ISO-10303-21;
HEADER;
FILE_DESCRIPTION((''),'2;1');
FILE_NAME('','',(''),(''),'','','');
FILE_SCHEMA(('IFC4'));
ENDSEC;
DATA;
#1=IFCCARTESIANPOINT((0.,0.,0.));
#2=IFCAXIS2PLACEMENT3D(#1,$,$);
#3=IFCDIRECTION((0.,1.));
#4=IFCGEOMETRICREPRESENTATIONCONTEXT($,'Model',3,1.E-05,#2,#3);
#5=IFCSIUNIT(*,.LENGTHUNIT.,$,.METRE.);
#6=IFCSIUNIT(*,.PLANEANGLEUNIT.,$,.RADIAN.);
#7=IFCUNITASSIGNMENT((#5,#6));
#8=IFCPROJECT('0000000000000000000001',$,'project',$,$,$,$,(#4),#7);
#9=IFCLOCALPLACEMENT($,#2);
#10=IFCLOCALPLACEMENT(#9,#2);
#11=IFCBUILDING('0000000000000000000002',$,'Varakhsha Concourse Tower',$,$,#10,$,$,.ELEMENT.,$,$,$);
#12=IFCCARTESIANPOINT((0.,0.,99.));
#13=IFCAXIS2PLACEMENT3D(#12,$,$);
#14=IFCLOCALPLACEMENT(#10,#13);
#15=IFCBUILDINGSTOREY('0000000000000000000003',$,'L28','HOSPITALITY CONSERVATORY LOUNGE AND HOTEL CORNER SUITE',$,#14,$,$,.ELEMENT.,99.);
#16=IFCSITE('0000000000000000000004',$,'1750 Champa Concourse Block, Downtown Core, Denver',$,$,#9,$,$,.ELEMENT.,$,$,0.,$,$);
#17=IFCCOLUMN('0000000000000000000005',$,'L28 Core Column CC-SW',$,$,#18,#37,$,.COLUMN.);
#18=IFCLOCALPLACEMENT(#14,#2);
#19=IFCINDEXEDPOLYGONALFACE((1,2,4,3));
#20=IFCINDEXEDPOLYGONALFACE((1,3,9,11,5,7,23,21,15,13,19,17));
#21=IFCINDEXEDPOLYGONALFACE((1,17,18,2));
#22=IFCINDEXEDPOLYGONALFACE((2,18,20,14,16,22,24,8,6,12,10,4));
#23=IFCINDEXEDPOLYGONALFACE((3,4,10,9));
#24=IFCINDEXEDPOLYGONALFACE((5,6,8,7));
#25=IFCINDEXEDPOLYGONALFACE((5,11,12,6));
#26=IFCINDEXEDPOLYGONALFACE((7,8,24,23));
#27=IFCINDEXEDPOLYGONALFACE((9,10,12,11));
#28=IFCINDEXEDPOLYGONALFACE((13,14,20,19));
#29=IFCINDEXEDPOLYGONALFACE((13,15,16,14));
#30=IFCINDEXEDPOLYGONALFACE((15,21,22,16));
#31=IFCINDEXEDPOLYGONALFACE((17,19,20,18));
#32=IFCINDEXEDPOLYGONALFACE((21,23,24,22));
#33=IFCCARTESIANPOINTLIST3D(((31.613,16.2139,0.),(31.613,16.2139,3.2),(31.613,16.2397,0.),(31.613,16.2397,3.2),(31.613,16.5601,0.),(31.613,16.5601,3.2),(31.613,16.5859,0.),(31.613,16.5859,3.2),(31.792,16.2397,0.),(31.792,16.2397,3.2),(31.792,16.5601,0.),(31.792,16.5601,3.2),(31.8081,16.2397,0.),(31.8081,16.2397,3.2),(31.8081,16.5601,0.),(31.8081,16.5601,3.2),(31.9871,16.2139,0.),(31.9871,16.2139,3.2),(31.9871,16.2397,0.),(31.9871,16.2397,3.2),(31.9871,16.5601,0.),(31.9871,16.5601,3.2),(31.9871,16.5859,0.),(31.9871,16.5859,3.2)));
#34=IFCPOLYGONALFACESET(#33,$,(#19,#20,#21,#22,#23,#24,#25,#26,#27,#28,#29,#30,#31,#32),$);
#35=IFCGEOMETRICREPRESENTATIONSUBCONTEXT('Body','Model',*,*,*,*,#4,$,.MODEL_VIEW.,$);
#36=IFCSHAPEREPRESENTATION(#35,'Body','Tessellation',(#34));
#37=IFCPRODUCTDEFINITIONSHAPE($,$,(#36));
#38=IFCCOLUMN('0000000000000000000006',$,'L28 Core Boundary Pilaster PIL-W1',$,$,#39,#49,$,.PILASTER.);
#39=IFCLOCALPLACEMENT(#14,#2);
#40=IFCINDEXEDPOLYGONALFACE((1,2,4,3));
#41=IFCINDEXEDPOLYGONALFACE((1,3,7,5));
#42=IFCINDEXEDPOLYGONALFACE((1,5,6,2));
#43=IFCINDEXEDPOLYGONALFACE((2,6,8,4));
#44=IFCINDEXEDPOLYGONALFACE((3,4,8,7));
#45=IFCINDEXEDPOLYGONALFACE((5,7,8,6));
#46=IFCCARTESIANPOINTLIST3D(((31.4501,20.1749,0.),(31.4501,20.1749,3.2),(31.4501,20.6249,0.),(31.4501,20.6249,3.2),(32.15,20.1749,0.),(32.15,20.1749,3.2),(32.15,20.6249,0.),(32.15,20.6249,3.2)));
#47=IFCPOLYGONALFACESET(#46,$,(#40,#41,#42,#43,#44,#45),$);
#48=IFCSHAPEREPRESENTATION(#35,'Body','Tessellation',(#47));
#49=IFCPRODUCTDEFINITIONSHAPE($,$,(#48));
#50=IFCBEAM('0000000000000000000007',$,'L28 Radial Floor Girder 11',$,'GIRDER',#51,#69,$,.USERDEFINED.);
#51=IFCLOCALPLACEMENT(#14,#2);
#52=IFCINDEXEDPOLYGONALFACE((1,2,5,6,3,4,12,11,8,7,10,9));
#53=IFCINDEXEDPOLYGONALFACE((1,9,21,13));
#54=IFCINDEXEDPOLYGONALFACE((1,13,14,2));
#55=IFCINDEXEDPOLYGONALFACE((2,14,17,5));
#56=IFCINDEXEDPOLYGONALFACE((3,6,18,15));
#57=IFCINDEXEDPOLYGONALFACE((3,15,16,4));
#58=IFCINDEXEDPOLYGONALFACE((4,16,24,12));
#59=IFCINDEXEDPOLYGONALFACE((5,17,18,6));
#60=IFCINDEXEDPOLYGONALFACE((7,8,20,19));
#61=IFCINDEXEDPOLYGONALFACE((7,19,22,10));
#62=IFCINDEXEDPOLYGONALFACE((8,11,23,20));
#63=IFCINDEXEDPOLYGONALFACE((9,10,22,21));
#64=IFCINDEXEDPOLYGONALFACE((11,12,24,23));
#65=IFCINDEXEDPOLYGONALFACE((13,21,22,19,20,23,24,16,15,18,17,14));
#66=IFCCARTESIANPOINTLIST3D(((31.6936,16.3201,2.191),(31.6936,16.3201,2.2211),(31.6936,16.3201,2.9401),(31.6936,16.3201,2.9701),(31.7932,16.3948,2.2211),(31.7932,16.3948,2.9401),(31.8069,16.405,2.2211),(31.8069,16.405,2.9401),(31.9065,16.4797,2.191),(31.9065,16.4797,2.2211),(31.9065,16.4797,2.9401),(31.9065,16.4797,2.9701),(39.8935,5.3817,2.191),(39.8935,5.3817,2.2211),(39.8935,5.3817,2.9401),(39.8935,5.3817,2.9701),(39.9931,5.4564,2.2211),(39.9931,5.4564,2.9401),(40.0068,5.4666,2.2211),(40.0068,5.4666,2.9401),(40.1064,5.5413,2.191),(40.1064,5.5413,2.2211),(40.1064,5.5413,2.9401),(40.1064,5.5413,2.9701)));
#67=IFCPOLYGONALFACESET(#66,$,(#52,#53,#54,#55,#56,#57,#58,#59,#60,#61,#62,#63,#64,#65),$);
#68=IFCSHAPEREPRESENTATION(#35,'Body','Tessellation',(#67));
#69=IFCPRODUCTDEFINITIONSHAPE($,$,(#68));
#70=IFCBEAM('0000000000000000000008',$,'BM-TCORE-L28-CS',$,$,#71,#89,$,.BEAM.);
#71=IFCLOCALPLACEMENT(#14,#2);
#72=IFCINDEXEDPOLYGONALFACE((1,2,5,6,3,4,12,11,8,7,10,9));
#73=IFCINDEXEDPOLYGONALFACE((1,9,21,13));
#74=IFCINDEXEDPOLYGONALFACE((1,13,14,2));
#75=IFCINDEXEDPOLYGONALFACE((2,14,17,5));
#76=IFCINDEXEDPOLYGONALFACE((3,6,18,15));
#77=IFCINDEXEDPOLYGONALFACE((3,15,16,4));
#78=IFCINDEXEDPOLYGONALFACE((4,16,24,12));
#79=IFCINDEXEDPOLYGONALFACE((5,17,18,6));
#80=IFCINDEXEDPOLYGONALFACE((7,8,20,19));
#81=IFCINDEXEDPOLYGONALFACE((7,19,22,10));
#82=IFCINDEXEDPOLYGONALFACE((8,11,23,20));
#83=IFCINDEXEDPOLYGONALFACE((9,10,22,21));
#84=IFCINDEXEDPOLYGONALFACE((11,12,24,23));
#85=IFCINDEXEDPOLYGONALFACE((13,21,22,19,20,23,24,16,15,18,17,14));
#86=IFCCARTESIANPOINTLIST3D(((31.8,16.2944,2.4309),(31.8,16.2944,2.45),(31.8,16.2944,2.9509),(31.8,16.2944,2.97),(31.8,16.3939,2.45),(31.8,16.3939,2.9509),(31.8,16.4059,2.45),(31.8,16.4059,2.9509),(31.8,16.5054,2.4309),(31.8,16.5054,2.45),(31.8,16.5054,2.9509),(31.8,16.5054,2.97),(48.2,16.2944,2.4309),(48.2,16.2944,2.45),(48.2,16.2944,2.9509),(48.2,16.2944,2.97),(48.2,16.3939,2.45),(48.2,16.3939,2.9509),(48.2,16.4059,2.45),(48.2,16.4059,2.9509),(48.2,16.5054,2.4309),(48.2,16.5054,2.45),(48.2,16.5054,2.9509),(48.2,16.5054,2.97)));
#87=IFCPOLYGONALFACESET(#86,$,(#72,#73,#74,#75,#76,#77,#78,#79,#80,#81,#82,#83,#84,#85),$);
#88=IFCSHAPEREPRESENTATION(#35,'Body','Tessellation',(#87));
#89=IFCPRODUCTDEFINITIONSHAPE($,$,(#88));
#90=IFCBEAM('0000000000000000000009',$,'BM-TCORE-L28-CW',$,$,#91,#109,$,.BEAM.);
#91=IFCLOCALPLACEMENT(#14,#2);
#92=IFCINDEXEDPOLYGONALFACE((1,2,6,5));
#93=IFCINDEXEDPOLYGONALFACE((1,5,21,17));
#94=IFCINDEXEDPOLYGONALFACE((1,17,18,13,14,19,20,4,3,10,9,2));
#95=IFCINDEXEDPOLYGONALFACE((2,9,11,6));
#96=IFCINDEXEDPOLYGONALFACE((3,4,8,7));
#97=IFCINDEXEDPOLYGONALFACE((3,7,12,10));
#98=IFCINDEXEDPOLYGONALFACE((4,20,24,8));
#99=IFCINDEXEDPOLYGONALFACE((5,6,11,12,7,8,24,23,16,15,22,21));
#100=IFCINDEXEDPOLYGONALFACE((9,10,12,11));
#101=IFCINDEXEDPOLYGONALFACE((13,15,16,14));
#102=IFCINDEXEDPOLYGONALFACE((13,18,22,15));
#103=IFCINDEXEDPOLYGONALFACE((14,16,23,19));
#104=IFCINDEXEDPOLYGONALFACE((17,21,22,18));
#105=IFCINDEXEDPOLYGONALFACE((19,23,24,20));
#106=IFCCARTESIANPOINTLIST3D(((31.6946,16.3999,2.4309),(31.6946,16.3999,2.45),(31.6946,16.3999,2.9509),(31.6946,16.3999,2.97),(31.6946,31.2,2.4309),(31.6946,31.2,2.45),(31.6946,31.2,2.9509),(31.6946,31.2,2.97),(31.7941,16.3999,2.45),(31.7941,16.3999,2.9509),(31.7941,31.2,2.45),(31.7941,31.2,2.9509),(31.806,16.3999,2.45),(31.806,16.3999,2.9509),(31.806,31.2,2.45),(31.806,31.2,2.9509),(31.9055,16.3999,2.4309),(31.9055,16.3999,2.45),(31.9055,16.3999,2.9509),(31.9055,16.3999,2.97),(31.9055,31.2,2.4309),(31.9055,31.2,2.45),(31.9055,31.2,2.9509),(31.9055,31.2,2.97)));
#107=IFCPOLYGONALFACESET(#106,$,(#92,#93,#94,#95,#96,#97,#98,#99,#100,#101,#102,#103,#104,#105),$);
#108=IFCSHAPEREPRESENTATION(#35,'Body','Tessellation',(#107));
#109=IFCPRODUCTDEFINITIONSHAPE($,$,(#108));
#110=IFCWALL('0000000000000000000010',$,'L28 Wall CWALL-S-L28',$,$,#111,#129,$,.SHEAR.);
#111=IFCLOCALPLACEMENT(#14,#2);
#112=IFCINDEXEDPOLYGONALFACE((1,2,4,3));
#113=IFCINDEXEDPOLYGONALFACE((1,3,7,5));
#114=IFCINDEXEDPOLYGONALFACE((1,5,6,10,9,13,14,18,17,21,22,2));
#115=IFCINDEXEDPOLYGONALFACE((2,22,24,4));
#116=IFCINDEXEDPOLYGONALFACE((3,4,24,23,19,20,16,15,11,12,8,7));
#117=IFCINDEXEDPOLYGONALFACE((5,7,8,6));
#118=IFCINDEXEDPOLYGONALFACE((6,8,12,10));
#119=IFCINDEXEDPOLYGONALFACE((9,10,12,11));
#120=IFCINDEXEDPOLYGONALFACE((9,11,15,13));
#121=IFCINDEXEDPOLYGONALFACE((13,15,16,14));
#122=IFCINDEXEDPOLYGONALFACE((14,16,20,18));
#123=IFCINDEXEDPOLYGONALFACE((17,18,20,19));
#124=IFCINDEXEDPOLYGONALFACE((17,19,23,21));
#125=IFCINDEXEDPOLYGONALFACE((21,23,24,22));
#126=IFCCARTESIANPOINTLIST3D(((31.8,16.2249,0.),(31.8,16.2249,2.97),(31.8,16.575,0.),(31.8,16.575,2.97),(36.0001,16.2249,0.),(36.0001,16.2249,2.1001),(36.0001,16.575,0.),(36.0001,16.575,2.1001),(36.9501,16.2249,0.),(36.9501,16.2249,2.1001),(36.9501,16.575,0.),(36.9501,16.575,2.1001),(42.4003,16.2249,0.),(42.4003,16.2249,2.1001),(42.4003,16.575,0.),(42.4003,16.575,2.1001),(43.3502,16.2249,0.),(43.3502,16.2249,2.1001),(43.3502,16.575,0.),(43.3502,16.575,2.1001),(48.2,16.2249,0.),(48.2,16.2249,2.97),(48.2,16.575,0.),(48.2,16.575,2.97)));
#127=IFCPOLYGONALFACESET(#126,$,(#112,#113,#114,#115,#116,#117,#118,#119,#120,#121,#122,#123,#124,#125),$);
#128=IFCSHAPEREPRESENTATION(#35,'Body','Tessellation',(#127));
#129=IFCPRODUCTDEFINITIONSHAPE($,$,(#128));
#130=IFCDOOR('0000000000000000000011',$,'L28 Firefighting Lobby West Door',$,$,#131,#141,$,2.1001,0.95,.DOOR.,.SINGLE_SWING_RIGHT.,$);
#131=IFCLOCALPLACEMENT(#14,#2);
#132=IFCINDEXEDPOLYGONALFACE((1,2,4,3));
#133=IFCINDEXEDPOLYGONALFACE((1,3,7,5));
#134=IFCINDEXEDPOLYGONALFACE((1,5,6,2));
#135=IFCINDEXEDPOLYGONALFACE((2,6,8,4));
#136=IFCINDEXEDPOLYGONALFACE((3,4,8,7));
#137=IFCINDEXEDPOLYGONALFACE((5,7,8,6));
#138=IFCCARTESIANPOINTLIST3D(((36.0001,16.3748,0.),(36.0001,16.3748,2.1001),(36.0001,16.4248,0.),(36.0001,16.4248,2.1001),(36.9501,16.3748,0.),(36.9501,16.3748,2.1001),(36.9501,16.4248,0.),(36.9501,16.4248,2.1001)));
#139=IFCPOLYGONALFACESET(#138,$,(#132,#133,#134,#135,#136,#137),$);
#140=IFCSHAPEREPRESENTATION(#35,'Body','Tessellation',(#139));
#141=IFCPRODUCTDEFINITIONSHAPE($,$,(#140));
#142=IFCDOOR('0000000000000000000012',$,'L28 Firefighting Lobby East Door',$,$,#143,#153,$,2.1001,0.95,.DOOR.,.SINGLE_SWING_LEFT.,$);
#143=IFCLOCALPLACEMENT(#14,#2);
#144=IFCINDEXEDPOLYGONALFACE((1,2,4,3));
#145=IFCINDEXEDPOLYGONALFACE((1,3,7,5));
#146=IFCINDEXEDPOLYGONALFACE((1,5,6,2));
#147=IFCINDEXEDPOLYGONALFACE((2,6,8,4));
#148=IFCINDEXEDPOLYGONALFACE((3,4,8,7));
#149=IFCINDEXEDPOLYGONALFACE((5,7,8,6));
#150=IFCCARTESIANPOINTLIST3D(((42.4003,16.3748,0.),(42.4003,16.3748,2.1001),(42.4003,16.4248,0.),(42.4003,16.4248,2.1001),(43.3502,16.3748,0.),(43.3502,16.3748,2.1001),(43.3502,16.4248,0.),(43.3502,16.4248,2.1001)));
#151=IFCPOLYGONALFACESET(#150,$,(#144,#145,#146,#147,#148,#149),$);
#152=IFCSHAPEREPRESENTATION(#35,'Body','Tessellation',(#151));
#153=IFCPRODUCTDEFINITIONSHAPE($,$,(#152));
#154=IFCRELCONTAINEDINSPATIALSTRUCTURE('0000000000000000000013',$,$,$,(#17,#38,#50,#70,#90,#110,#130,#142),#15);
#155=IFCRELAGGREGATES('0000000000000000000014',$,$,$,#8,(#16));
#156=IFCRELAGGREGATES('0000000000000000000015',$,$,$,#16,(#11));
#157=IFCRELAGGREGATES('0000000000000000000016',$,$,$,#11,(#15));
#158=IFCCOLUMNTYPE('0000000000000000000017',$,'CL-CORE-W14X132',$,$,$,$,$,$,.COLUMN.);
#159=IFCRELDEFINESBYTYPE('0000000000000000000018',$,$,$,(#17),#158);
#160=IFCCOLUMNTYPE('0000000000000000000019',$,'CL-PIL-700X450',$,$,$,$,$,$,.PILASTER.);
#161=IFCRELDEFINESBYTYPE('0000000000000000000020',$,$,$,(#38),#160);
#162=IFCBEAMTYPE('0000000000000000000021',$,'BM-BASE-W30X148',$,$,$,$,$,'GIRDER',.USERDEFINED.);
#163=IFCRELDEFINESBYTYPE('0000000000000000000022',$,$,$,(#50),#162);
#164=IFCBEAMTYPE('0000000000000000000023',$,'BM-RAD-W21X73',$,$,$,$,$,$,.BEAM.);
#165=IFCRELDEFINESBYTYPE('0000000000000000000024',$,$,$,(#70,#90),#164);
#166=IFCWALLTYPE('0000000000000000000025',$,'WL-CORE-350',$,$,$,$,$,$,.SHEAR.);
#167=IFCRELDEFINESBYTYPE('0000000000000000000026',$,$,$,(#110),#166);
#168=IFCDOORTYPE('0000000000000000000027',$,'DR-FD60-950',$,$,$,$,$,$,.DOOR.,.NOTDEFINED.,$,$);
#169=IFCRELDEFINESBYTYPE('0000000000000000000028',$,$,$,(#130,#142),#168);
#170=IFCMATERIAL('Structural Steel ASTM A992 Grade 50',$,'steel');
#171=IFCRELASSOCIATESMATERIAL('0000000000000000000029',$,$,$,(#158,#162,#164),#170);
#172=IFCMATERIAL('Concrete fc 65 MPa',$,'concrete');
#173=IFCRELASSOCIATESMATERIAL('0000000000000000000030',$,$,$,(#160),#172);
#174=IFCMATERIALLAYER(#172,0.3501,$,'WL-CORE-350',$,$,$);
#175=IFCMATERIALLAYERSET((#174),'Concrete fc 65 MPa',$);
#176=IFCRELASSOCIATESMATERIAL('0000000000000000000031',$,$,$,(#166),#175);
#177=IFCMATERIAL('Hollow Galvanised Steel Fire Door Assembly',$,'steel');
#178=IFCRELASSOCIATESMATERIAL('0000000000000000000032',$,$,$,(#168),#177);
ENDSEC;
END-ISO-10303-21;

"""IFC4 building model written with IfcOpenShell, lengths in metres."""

from ifc_helpers import new_model, si_unit, direction, frame, frame_2d, origin, origin_2d, place, context, subcontext, project, spatial, rectangle, i_section, extrude, material, layer, layer_set, material_profile, profile_set, type_object, element, fill, save


model = new_model("IFC4")

# Units and contexts
model_context = context("Model", 3, precision=1e-05, world=origin(), true_north=direction((0.0, 1.0)))
body_context = subcontext(model_context, "Body", "Model", "MODEL_VIEW")
ifc_project = project(units=[si_unit("LENGTHUNIT", "METRE"), si_unit("PLANEANGLEUNIT", "RADIAN")], contexts=[model_context])

# Site, building, storey
site_placement = place(None, origin())
site = spatial("IfcSite", under=ifc_project, at=site_placement, Name="1750 Champa Concourse Block, Downtown Core, Denver", CompositionType="ELEMENT", RefElevation=0.0)
building_placement = place(site_placement, origin())
building = spatial("IfcBuilding", under=site, at=building_placement, Name="Varakhsha Concourse Tower", CompositionType="ELEMENT")
storey_placement = place(building_placement, frame((0.0, 0.0, 99.0)))
storey = spatial("IfcBuildingStorey", under=building, at=storey_placement, Name="L28", Description="HOSPITALITY CONSERVATORY LOUNGE AND HOTEL CORNER SUITE", CompositionType="ELEMENT", Elevation=99.0)

# Columns
ifc_material_1 = material(Name="Structural Steel ASTM A992 Grade 50", Category="steel")
ifc_material_profile_1 = material_profile(ifc_material_1, i_section(OverallWidth=0.374, OverallDepth=0.3721, WebThickness=0.0161, FlangeThickness=0.0259, at=origin_2d()), Name="W14X132")
ifc_profile_set_1 = profile_set([ifc_material_profile_1], Name="Structural Steel ASTM A992 Grade 50")
column_type_1 = type_object("IfcColumnType", Name="CL-CORE-W14X132", PredefinedType="COLUMN", material=ifc_profile_set_1)
column_1_placement = place(storey_placement, frame((31.8, 16.3999, 0.0), z_axis=(0.0, 0.0, 1.0), x_axis=(1.0, 0.0, 0.0)))
element("IfcColumn", 1, at=column_1_placement, inside=storey, type_object=column_type_1, Name="L28 Core Column CC-SW", PredefinedType="COLUMN", context=body_context, shape_type="SweptSolid", body=[
    extrude(i_section(OverallWidth=0.374, OverallDepth=0.3721, WebThickness=0.0161, FlangeThickness=0.0259, at=origin_2d()), origin(), (0.0, 0.0, 1.0), 3.2),
])
ifc_material_2 = material(Name="Concrete fc 65 MPa", Category="concrete")
ifc_material_profile_2 = material_profile(ifc_material_2, rectangle(XDim=0.7, YDim=0.45, at=origin_2d()), Name="RC 700x450")
ifc_profile_set_2 = profile_set([ifc_material_profile_2], Name="Concrete fc 65 MPa")
column_type_2 = type_object("IfcColumnType", Name="CL-PIL-700X450", PredefinedType="PILASTER", material=ifc_profile_set_2)
column_2_placement = place(storey_placement, frame((31.8, 20.3999, 0.0), z_axis=(0.0, 0.0, 1.0), x_axis=(1.0, 0.0, 0.0)))
element("IfcColumn", 2, at=column_2_placement, inside=storey, type_object=column_type_2, Name="L28 Core Boundary Pilaster PIL-W1", PredefinedType="PILASTER", context=body_context, shape_type="SweptSolid", body=[
    extrude(rectangle(XDim=0.7, YDim=0.45, at=origin_2d()), origin(), (0.0, 0.0, 1.0), 3.2),
])

# Beams
ifc_material_profile_3 = material_profile(ifc_material_1, i_section(OverallWidth=0.2661, OverallDepth=0.7791, WebThickness=0.0171, FlangeThickness=0.03, at=origin_2d()), Name="W30X148")
ifc_profile_set_3 = profile_set([ifc_material_profile_3], Name="Structural Steel ASTM A992 Grade 50")
beam_type_1 = type_object("IfcBeamType", Name="BM-BASE-W30X148", ElementType="GIRDER", PredefinedType="USERDEFINED", material=ifc_profile_set_3)
beam_1_placement = place(storey_placement, frame((31.8, 16.3999, 2.5806), z_axis=(0.599817, -0.800137, 0.0), x_axis=(0.800137, 0.599817, 0.0)))
element("IfcBeam", 3, at=beam_1_placement, inside=storey, type_object=beam_type_1, Name="L28 Radial Floor Girder 11", ObjectType="GIRDER", PredefinedType="USERDEFINED", context=body_context, shape_type="SweptSolid", body=[
    extrude(i_section(OverallWidth=0.2661, OverallDepth=0.7791, WebThickness=0.0171, FlangeThickness=0.03, at=origin_2d()), origin(), (0.0, 0.0, 1.0), 13.6707),
])
ifc_material_profile_4 = material_profile(ifc_material_1, i_section(OverallWidth=0.2109, OverallDepth=0.5391, WebThickness=0.012, FlangeThickness=0.019, at=origin_2d()), Name="W21X73")
ifc_profile_set_4 = profile_set([ifc_material_profile_4], Name="Structural Steel ASTM A992 Grade 50")
beam_type_2 = type_object("IfcBeamType", Name="BM-RAD-W21X73", PredefinedType="BEAM", material=ifc_profile_set_4)
beam_2_placement = place(storey_placement, frame((31.8, 16.3999, 2.7004), z_axis=(1.0, 0.0, 0.0), x_axis=(0.0, 1.0, 0.0)))
element("IfcBeam", 4, at=beam_2_placement, inside=storey, type_object=beam_type_2, Name="BM-TCORE-L28-CS", PredefinedType="BEAM", context=body_context, shape_type="SweptSolid", body=[
    extrude(i_section(OverallWidth=0.2109, OverallDepth=0.5391, WebThickness=0.012, FlangeThickness=0.019, at=origin_2d()), origin(), (0.0, 0.0, 1.0), 16.3999),
])
beam_3_placement = place(storey_placement, frame((31.8, 16.3999, 2.7004), z_axis=(0.0, 1.0, 0.0), x_axis=(-1.0, 0.0, 0.0)))
element("IfcBeam", 5, at=beam_3_placement, inside=storey, type_object=beam_type_2, Name="BM-TCORE-L28-CW", PredefinedType="BEAM", context=body_context, shape_type="SweptSolid", body=[
    extrude(i_section(OverallWidth=0.2109, OverallDepth=0.5391, WebThickness=0.012, FlangeThickness=0.019, at=origin_2d()), origin(), (0.0, 0.0, 1.0), 14.8),
])

# Wall, openings, doors
ifc_layer_1 = layer(ifc_material_2, 0.3501, Name="WL-CORE-350")
ifc_layer_set_1 = layer_set([ifc_layer_1], Name="Concrete fc 65 MPa")
wall_type_1 = type_object("IfcWallType", Name="WL-CORE-350", PredefinedType="SHEAR", material=ifc_layer_set_1)
wall_1_placement = place(storey_placement, frame((31.8, 16.3999, 0.0), z_axis=(0.0, 0.0, 1.0), x_axis=(1.0, 0.0, 0.0)))
wall_1 = element("IfcWall", 6, at=wall_1_placement, inside=storey, type_object=wall_type_1, Name="L28 Wall CWALL-S-L28", PredefinedType="SHEAR", context=body_context, shape_type="SweptSolid", body=[
    extrude(rectangle(XDim=16.3999, YDim=0.3501, at=frame_2d((8.2, 0.0))), origin(), (0.0, 0.0, 1.0), 2.97),
])
opening_1_placement = place(wall_1_placement, frame((4.2, 0.0, 0.0)))
opening_1 = element("IfcOpeningElement", 7, at=opening_1_placement, cuts=wall_1, PredefinedType="OPENING", context=body_context, shape_type="SweptSolid", body=[
    extrude(rectangle(XDim=0.95, YDim=2.1001, at=frame_2d((0.4751, 1.05))), frame((0.0, 0.1851, 0.0), z_axis=(0.0, -1.0, 0.0), x_axis=(1.0, 0.0, 0.0)), (0.0, 0.0, 1.0), 0.3701),
])
opening_2_placement = place(wall_1_placement, frame((10.6001, 0.0, 0.0)))
opening_2 = element("IfcOpeningElement", 8, at=opening_2_placement, cuts=wall_1, PredefinedType="OPENING", context=body_context, shape_type="SweptSolid", body=[
    extrude(rectangle(XDim=0.95, YDim=2.1001, at=frame_2d((0.4751, 1.05))), frame((0.0, 0.1851, 0.0), z_axis=(0.0, -1.0, 0.0), x_axis=(1.0, 0.0, 0.0)), (0.0, 0.0, 1.0), 0.3701),
])
ifc_material_3 = material(Name="Hollow Galvanised Steel Fire Door Assembly", Category="steel")
door_type_1 = type_object("IfcDoorType", Name="DR-FD60-950", OperationType="NOTDEFINED", PredefinedType="DOOR", material=ifc_material_3)
door_1_placement = place(opening_1_placement, origin())
door_1 = element("IfcDoor", 9, at=door_1_placement, inside=storey, type_object=door_type_1, Name="L28 Firefighting Lobby West Door", OperationType="SINGLE_SWING_RIGHT", OverallHeight=2.1001, OverallWidth=0.95, PredefinedType="DOOR", context=body_context, shape_type="SweptSolid", body=[
    extrude(rectangle(XDim=0.95, YDim=2.1001, at=frame_2d((0.4751, 1.05))), frame((0.0, 0.0249, 0.0), z_axis=(0.0, -1.0, 0.0), x_axis=(1.0, 0.0, 0.0)), (0.0, 0.0, 1.0), 0.05),
])
fill(opening_1, door_1)
door_2_placement = place(opening_2_placement, origin())
door_2 = element("IfcDoor", 10, at=door_2_placement, inside=storey, type_object=door_type_1, Name="L28 Firefighting Lobby East Door", OperationType="SINGLE_SWING_LEFT", OverallHeight=2.1001, OverallWidth=0.95, PredefinedType="DOOR", context=body_context, shape_type="SweptSolid", body=[
    extrude(rectangle(XDim=0.95, YDim=2.1001, at=frame_2d((0.4751, 1.05))), frame((0.0, 0.0249, 0.0), z_axis=(0.0, -1.0, 0.0), x_axis=(1.0, 0.0, 0.0)), (0.0, 0.0, 1.0), 0.05),
])
fill(opening_2, door_2)

save(model, "model.ifc")
